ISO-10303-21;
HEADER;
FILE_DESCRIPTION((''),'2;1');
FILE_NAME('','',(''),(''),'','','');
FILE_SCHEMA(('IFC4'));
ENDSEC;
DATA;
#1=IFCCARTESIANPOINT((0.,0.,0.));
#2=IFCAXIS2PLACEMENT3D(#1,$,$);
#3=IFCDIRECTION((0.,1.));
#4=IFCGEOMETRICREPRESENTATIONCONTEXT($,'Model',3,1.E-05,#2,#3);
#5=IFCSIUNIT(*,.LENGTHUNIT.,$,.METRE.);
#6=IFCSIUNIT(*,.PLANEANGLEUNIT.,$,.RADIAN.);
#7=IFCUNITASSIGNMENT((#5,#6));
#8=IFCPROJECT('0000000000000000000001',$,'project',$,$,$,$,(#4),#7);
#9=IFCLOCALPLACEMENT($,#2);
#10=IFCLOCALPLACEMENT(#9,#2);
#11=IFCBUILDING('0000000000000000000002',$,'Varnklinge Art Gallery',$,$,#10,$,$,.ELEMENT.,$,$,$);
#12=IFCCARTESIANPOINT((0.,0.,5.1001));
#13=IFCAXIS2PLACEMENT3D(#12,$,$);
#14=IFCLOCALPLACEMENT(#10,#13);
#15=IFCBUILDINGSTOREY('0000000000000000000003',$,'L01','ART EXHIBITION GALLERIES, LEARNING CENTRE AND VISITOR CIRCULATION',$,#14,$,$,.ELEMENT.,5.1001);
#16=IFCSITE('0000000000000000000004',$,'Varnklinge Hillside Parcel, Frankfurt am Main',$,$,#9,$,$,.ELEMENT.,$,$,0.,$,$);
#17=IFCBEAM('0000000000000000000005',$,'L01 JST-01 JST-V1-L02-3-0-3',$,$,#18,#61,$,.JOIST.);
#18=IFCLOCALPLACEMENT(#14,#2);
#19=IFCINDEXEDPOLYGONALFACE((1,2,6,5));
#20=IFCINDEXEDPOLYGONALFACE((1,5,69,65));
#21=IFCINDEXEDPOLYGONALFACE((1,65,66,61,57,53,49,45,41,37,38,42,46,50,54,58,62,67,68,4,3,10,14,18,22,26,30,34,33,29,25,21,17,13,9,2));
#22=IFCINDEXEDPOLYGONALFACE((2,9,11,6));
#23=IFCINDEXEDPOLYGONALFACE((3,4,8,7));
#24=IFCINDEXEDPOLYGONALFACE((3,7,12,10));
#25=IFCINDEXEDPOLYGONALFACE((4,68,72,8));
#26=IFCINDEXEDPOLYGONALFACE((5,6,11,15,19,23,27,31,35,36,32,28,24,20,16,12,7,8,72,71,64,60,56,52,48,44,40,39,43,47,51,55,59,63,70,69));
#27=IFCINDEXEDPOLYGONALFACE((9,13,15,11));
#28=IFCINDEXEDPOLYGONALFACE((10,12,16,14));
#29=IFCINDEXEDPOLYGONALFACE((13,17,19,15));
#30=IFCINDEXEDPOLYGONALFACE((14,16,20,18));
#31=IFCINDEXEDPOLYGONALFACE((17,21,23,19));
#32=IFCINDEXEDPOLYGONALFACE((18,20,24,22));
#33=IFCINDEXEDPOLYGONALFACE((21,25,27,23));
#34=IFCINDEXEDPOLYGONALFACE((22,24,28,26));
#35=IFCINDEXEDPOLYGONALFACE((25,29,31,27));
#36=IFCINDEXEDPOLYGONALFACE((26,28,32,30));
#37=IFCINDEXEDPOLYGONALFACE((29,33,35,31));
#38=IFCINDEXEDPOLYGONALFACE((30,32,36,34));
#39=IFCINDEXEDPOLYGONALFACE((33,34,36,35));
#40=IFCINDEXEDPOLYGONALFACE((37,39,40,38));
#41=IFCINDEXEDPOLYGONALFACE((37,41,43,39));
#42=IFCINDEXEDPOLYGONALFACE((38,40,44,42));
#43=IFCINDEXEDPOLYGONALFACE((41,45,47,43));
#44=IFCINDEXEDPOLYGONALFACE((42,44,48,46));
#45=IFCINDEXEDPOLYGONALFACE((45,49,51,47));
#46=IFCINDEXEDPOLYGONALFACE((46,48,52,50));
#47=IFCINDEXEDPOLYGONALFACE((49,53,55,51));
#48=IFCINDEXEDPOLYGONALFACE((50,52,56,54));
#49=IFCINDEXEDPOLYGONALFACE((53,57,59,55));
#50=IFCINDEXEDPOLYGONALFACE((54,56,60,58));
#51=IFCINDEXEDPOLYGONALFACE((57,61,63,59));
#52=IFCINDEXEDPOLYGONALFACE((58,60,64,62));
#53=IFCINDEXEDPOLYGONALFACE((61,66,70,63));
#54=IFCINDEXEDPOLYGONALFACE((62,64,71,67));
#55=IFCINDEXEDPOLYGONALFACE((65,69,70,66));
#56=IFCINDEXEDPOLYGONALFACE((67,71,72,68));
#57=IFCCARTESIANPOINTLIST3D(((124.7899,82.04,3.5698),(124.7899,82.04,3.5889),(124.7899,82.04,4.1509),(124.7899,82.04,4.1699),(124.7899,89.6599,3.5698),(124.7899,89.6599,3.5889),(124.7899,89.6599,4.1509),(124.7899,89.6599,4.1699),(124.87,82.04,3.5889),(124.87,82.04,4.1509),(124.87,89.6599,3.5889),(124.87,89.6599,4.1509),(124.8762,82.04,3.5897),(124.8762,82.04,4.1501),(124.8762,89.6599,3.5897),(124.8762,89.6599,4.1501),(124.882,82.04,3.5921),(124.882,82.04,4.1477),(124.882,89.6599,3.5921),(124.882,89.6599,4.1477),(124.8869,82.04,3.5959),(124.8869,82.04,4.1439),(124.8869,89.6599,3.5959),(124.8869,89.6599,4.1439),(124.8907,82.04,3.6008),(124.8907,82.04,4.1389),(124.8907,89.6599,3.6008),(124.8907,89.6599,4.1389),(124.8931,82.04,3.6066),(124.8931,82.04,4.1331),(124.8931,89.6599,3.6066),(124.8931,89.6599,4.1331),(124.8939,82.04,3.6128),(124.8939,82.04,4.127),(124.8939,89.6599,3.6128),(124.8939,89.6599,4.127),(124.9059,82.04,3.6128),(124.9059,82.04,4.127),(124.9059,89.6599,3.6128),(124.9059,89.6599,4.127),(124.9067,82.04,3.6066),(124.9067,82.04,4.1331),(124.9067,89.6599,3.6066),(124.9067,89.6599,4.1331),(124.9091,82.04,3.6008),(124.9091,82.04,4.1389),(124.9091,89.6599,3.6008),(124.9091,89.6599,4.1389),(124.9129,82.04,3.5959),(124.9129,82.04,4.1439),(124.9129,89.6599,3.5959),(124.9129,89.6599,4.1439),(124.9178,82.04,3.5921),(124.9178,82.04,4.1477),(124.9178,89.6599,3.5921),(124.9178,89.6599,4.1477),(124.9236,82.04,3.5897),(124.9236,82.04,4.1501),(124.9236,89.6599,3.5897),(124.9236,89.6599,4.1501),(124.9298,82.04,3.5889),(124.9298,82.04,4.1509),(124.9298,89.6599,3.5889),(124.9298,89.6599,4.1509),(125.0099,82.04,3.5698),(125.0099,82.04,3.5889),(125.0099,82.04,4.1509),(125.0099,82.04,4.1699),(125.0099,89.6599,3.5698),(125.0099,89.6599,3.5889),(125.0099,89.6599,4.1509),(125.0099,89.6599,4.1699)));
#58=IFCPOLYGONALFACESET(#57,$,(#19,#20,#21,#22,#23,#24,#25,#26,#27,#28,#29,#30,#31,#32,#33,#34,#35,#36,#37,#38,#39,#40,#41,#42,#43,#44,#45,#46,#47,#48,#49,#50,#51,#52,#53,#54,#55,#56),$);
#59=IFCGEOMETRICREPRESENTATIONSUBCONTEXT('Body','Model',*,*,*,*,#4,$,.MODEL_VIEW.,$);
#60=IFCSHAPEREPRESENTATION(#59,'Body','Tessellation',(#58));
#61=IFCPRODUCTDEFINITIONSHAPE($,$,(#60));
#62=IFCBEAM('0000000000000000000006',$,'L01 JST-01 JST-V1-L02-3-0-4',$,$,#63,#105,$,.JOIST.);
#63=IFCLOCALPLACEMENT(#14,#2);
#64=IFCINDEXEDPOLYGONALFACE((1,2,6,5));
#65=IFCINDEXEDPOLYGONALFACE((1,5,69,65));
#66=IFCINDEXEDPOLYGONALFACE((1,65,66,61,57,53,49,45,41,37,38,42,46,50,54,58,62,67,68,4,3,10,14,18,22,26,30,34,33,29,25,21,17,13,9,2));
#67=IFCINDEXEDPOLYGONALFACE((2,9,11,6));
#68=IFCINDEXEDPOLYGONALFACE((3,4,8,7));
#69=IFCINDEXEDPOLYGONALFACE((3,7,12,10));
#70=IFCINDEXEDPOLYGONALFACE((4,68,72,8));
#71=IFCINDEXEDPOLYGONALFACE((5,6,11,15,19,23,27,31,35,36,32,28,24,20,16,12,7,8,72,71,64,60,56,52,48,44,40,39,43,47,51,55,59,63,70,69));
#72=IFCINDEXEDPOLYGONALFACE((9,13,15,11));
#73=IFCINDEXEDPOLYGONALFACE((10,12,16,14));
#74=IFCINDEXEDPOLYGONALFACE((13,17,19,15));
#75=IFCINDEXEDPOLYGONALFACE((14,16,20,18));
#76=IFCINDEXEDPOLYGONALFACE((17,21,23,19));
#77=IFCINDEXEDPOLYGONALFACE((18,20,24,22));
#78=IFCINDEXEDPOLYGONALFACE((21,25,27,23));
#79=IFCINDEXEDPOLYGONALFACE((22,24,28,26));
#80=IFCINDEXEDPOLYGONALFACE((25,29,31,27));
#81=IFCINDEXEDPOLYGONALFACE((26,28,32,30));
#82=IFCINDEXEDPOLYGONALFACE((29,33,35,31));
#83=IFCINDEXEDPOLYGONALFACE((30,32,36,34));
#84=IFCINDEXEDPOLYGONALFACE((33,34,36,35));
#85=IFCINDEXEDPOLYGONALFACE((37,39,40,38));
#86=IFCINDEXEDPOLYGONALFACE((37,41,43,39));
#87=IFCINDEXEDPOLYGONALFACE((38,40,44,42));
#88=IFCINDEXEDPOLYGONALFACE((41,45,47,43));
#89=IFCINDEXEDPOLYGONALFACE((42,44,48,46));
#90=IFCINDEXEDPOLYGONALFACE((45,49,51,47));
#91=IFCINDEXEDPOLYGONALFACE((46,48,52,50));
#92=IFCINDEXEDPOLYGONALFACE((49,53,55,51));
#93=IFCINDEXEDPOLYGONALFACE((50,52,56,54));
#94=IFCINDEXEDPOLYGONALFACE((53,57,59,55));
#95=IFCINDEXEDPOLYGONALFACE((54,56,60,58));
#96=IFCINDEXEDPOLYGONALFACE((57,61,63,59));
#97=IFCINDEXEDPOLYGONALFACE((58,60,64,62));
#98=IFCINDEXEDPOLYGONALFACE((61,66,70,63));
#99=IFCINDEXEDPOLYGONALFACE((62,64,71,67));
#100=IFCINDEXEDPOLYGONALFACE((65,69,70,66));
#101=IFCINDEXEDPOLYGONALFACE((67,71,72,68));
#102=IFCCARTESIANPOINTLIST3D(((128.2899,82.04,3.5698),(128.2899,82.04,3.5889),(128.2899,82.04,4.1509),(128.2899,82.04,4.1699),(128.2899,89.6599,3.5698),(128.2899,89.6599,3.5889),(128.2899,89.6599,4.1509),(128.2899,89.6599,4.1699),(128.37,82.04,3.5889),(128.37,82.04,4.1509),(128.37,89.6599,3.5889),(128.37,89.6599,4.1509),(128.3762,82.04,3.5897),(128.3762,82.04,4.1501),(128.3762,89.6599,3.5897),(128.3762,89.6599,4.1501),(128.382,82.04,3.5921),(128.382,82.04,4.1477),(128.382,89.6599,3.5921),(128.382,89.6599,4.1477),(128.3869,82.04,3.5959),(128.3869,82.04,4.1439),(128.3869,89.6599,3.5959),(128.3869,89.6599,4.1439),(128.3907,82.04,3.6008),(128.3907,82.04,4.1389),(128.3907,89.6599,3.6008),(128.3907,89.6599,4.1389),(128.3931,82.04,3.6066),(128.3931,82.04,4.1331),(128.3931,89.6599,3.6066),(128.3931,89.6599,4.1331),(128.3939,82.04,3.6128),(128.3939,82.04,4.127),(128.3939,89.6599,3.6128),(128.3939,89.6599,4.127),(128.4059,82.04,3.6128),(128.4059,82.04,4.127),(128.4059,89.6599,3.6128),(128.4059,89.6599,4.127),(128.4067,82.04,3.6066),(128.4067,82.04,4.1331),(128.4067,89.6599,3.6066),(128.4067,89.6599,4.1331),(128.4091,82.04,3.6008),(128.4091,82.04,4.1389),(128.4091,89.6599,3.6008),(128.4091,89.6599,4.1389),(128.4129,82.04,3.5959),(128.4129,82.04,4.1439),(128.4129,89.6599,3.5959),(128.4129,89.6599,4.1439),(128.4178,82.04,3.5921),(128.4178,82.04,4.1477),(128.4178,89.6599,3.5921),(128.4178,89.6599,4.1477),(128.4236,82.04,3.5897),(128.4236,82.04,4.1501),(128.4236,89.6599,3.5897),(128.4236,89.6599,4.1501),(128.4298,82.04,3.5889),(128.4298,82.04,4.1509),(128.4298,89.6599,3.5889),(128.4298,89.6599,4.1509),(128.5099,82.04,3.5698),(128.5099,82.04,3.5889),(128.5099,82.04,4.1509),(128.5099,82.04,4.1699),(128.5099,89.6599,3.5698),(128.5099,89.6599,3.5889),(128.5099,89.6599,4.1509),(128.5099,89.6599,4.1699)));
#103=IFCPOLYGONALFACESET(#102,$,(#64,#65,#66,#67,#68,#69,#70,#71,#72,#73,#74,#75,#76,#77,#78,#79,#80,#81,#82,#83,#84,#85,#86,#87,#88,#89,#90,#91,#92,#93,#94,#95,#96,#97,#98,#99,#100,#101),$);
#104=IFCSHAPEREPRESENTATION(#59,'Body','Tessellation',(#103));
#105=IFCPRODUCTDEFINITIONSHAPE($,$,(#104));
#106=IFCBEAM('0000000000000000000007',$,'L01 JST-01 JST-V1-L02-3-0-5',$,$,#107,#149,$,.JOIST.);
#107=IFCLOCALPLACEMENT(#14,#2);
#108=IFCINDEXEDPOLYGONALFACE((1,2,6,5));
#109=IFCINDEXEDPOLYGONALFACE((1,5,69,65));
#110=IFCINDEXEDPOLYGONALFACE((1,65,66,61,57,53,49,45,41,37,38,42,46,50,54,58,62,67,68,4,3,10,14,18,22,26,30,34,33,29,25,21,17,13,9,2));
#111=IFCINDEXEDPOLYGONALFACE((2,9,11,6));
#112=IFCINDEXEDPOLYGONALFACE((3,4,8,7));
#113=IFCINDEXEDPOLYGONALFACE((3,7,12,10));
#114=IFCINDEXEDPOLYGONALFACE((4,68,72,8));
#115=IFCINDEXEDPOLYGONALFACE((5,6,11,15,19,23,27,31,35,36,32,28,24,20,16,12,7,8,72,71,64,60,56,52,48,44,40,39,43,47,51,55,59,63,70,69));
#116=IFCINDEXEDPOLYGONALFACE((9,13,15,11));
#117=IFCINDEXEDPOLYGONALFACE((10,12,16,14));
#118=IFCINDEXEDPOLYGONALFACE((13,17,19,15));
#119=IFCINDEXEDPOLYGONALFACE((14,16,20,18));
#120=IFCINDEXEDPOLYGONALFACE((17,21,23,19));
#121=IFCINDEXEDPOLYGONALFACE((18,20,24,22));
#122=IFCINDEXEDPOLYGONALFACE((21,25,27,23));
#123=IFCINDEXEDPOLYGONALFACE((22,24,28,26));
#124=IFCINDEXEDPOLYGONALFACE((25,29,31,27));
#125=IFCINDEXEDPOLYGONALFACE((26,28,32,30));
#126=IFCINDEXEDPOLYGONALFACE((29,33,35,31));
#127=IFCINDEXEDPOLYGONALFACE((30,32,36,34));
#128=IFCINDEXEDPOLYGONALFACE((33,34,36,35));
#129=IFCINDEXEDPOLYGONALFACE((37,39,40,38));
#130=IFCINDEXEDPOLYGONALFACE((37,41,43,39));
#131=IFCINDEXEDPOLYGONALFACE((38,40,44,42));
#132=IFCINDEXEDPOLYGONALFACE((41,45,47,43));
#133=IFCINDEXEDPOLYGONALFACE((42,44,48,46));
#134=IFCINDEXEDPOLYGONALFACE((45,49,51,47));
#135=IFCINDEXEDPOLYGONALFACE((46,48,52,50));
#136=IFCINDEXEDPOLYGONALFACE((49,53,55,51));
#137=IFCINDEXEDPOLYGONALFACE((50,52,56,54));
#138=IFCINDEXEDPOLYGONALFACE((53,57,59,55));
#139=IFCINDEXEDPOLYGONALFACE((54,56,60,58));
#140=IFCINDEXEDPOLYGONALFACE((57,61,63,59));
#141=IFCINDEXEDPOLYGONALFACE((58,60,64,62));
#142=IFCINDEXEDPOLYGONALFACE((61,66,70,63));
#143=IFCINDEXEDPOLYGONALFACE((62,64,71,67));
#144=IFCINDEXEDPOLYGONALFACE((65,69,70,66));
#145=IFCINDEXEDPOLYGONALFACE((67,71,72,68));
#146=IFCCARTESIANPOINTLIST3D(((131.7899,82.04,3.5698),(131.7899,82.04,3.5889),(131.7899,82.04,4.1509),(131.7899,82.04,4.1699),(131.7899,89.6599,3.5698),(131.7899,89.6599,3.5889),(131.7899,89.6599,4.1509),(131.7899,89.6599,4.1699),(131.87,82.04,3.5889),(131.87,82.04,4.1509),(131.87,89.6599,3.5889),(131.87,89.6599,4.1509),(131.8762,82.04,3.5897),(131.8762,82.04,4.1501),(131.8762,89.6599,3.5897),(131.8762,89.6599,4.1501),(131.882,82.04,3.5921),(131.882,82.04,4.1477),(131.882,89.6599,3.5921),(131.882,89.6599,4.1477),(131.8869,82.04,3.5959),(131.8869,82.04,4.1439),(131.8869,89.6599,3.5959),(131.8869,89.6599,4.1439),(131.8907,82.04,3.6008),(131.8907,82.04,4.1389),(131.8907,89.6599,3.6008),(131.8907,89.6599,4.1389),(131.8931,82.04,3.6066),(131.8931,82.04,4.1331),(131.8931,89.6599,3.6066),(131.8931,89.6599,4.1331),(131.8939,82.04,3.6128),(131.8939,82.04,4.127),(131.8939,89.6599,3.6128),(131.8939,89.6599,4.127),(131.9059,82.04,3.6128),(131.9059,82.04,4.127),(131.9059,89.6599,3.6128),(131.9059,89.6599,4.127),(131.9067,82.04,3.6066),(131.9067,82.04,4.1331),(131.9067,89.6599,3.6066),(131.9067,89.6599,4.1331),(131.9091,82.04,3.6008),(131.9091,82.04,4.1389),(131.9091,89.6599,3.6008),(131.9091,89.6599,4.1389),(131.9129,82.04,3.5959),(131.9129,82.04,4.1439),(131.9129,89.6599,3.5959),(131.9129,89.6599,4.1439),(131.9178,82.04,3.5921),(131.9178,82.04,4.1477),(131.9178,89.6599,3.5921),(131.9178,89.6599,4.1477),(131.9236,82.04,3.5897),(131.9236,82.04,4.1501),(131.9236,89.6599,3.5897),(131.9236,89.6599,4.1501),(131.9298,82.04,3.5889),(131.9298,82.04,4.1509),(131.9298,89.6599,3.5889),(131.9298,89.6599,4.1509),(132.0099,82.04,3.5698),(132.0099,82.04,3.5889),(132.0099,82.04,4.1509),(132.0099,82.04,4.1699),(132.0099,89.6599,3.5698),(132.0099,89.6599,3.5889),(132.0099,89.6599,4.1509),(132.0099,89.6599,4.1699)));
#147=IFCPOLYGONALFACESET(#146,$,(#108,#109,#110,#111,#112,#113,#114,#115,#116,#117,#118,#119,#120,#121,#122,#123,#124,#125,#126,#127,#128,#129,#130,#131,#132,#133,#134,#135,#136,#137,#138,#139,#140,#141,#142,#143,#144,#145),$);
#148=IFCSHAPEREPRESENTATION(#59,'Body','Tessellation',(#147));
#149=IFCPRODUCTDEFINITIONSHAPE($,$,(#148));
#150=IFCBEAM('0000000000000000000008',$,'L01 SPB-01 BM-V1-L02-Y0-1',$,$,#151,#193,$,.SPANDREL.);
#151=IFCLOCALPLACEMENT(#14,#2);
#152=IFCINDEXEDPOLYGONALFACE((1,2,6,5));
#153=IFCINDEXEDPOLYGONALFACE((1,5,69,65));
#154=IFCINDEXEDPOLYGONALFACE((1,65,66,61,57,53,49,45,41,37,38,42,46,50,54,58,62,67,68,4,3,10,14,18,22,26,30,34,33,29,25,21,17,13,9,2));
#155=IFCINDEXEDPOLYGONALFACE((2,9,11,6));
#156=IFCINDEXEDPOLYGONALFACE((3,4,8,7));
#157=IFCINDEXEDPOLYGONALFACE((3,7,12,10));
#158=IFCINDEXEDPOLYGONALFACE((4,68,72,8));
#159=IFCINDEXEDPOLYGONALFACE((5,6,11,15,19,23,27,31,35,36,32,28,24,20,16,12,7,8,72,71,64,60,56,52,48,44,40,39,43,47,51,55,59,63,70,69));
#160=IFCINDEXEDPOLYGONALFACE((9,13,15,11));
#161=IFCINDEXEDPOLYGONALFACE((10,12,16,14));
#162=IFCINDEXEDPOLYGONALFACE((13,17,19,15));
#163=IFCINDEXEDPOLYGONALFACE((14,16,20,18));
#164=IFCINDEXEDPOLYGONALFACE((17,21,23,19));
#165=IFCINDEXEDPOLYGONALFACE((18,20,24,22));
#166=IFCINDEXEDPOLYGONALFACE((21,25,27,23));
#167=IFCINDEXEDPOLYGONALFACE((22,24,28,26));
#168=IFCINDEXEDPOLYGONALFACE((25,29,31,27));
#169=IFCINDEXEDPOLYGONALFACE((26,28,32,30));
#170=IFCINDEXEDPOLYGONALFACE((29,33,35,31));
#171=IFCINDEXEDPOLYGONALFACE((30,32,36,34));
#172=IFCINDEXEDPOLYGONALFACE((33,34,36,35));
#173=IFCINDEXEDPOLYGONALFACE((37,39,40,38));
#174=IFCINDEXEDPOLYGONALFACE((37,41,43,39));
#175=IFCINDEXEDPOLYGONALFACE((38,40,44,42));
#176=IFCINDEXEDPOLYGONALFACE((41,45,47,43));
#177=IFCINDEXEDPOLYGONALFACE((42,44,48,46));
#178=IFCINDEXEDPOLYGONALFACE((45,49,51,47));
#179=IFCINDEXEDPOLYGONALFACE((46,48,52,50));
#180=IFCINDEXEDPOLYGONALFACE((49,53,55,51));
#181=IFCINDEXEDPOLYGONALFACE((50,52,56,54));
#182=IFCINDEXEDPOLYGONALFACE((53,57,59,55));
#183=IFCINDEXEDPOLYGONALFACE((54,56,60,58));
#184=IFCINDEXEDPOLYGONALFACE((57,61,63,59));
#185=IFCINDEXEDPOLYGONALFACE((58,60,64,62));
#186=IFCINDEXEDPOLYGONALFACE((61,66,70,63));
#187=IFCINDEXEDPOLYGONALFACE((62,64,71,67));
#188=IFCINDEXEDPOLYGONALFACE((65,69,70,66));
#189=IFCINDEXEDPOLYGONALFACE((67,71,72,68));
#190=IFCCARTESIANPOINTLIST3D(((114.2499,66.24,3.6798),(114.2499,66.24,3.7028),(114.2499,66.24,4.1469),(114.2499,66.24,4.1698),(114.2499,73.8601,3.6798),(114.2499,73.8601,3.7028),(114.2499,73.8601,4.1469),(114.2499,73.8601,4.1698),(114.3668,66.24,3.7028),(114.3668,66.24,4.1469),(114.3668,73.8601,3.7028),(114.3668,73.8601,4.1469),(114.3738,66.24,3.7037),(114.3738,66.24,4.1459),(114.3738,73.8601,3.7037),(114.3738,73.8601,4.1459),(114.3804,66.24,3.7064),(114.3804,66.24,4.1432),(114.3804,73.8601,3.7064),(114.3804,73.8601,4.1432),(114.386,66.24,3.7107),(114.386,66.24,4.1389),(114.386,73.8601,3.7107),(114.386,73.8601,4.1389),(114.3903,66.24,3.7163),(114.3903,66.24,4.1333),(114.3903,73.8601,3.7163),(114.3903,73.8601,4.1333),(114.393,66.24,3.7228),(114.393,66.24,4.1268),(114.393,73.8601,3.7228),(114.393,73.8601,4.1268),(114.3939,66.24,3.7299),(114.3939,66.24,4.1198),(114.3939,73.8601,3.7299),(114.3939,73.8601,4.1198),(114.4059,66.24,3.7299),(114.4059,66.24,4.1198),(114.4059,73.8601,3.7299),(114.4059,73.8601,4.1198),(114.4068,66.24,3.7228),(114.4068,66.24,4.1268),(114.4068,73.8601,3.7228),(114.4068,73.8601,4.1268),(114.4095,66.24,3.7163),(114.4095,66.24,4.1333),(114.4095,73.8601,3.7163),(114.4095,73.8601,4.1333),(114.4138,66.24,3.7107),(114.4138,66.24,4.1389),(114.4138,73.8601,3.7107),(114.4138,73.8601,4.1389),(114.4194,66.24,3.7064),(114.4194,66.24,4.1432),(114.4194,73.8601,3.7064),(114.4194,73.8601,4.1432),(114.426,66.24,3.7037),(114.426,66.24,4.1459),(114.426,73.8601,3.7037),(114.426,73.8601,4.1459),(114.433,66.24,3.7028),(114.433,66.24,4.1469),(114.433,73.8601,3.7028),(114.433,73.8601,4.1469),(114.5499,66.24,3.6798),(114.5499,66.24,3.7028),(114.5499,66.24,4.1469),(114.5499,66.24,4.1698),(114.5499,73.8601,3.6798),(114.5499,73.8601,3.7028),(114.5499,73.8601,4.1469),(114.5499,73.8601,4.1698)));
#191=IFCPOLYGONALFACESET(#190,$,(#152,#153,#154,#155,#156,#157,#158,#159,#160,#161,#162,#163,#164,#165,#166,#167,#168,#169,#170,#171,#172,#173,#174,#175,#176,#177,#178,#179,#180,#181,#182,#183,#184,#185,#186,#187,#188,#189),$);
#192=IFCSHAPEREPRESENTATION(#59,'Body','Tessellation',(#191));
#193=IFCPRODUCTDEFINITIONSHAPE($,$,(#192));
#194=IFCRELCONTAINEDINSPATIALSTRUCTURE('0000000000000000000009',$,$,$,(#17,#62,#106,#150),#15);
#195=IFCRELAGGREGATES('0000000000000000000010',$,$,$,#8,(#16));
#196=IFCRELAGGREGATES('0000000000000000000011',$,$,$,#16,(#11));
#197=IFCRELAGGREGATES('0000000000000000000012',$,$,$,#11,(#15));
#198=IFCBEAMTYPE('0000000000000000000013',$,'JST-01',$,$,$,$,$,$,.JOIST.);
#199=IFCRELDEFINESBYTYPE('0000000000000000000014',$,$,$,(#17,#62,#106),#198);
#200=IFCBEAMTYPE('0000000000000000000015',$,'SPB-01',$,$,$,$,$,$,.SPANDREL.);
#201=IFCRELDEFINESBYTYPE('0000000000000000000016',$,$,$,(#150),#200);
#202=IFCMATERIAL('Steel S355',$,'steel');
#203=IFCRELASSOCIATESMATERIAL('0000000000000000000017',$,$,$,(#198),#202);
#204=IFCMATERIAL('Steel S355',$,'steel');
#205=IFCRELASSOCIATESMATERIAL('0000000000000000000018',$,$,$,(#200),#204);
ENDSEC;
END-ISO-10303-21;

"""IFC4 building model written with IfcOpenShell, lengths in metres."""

from ifc_helpers import new_model, si_unit, direction, frame, origin, origin_2d, place, context, subcontext, project, spatial, i_section, extrude, material, material_profile, profile_set, type_object, element, save


model = new_model("IFC4")

# Units and contexts
model_context = context("Model", 3, precision=1e-05, world=origin(), true_north=direction((0.0, 1.0)))
body_context = subcontext(model_context, "Body", "Model", "MODEL_VIEW")
ifc_project = project(units=[si_unit("LENGTHUNIT", "METRE"), si_unit("PLANEANGLEUNIT", "RADIAN")], contexts=[model_context])

# Site, building, storey
site_placement = place(None, origin())
site = spatial("IfcSite", under=ifc_project, at=site_placement, Name="Varnklinge Hillside Parcel, Frankfurt am Main", CompositionType="ELEMENT", RefElevation=0.0)
building_placement = place(site_placement, origin())
building = spatial("IfcBuilding", under=site, at=building_placement, Name="Varnklinge Art Gallery", CompositionType="ELEMENT")
storey_placement = place(building_placement, frame((0.0, 0.0, 5.1001)))
storey = spatial("IfcBuildingStorey", under=building, at=storey_placement, Name="L01", Description="ART EXHIBITION GALLERIES, LEARNING CENTRE AND VISITOR CIRCULATION", CompositionType="ELEMENT", Elevation=5.1001)

# Beams
ifc_material_1 = material(Name="Steel S355", Category="steel")
ifc_material_profile_1 = material_profile(ifc_material_1, i_section(OverallWidth=0.22, OverallDepth=0.6001, WebThickness=0.012, FlangeThickness=0.019, FilletRadius=0.0239, at=origin_2d()), Name="IPE 600")
ifc_profile_set_1 = profile_set([ifc_material_profile_1], Name="Steel S355")
beam_type_1 = type_object("IfcBeamType", Name="JST-01", PredefinedType="JOIST", material=ifc_profile_set_1)
for number, where, z_axis, x_axis, name in (
    (1, (124.8999, 82.04, 3.8699), (0.0, 1.0, 0.0), (-1.0, 0.0, 0.0), "L01 JST-01 JST-V1-L02-3-0-3"),
    (2, (128.3999, 82.04, 3.8699), (0.0, 1.0, 0.0), (-1.0, 0.0, 0.0), "L01 JST-01 JST-V1-L02-3-0-4"),
    (3, (131.8999, 82.04, 3.8699), (0.0, 1.0, 0.0), (-1.0, 0.0, 0.0), "L01 JST-01 JST-V1-L02-3-0-5"),
):
    element("IfcBeam", number, at=place(storey_placement, frame(where, z_axis=z_axis, x_axis=x_axis)), inside=storey, type_object=beam_type_1, Name=name, PredefinedType="JOIST", context=body_context, shape_type="SweptSolid", body=[
        extrude(i_section(OverallWidth=0.22, OverallDepth=0.6001, WebThickness=0.012, FlangeThickness=0.019, FilletRadius=0.0239, at=origin_2d()), origin(), (0.0, 0.0, 1.0), 7.6199),
    ])
ifc_material_2 = material(Name="Steel S355", Category="steel")
ifc_material_profile_2 = material_profile(ifc_material_2, i_section(OverallWidth=0.3, OverallDepth=0.49, WebThickness=0.012, FlangeThickness=0.0229, FilletRadius=0.0271, at=origin_2d()), Name="HEA 500")
ifc_profile_set_2 = profile_set([ifc_material_profile_2], Name="Steel S355")
beam_type_2 = type_object("IfcBeamType", Name="SPB-01", PredefinedType="SPANDREL", material=ifc_profile_set_2)
for number, where, z_axis, x_axis, name in (
    (4, (114.3999, 66.24, 3.9248), (0.0, 1.0, 0.0), (-1.0, 0.0, 0.0), "L01 SPB-01 BM-V1-L02-Y0-1"),
):
    element("IfcBeam", number, at=place(storey_placement, frame(where, z_axis=z_axis, x_axis=x_axis)), inside=storey, type_object=beam_type_2, Name=name, PredefinedType="SPANDREL", context=body_context, shape_type="SweptSolid", body=[
        extrude(i_section(OverallWidth=0.3, OverallDepth=0.49, WebThickness=0.012, FlangeThickness=0.0229, FilletRadius=0.0271, at=origin_2d()), origin(), (0.0, 0.0, 1.0), 7.6201),
    ])

save(model, "model.ifc")
